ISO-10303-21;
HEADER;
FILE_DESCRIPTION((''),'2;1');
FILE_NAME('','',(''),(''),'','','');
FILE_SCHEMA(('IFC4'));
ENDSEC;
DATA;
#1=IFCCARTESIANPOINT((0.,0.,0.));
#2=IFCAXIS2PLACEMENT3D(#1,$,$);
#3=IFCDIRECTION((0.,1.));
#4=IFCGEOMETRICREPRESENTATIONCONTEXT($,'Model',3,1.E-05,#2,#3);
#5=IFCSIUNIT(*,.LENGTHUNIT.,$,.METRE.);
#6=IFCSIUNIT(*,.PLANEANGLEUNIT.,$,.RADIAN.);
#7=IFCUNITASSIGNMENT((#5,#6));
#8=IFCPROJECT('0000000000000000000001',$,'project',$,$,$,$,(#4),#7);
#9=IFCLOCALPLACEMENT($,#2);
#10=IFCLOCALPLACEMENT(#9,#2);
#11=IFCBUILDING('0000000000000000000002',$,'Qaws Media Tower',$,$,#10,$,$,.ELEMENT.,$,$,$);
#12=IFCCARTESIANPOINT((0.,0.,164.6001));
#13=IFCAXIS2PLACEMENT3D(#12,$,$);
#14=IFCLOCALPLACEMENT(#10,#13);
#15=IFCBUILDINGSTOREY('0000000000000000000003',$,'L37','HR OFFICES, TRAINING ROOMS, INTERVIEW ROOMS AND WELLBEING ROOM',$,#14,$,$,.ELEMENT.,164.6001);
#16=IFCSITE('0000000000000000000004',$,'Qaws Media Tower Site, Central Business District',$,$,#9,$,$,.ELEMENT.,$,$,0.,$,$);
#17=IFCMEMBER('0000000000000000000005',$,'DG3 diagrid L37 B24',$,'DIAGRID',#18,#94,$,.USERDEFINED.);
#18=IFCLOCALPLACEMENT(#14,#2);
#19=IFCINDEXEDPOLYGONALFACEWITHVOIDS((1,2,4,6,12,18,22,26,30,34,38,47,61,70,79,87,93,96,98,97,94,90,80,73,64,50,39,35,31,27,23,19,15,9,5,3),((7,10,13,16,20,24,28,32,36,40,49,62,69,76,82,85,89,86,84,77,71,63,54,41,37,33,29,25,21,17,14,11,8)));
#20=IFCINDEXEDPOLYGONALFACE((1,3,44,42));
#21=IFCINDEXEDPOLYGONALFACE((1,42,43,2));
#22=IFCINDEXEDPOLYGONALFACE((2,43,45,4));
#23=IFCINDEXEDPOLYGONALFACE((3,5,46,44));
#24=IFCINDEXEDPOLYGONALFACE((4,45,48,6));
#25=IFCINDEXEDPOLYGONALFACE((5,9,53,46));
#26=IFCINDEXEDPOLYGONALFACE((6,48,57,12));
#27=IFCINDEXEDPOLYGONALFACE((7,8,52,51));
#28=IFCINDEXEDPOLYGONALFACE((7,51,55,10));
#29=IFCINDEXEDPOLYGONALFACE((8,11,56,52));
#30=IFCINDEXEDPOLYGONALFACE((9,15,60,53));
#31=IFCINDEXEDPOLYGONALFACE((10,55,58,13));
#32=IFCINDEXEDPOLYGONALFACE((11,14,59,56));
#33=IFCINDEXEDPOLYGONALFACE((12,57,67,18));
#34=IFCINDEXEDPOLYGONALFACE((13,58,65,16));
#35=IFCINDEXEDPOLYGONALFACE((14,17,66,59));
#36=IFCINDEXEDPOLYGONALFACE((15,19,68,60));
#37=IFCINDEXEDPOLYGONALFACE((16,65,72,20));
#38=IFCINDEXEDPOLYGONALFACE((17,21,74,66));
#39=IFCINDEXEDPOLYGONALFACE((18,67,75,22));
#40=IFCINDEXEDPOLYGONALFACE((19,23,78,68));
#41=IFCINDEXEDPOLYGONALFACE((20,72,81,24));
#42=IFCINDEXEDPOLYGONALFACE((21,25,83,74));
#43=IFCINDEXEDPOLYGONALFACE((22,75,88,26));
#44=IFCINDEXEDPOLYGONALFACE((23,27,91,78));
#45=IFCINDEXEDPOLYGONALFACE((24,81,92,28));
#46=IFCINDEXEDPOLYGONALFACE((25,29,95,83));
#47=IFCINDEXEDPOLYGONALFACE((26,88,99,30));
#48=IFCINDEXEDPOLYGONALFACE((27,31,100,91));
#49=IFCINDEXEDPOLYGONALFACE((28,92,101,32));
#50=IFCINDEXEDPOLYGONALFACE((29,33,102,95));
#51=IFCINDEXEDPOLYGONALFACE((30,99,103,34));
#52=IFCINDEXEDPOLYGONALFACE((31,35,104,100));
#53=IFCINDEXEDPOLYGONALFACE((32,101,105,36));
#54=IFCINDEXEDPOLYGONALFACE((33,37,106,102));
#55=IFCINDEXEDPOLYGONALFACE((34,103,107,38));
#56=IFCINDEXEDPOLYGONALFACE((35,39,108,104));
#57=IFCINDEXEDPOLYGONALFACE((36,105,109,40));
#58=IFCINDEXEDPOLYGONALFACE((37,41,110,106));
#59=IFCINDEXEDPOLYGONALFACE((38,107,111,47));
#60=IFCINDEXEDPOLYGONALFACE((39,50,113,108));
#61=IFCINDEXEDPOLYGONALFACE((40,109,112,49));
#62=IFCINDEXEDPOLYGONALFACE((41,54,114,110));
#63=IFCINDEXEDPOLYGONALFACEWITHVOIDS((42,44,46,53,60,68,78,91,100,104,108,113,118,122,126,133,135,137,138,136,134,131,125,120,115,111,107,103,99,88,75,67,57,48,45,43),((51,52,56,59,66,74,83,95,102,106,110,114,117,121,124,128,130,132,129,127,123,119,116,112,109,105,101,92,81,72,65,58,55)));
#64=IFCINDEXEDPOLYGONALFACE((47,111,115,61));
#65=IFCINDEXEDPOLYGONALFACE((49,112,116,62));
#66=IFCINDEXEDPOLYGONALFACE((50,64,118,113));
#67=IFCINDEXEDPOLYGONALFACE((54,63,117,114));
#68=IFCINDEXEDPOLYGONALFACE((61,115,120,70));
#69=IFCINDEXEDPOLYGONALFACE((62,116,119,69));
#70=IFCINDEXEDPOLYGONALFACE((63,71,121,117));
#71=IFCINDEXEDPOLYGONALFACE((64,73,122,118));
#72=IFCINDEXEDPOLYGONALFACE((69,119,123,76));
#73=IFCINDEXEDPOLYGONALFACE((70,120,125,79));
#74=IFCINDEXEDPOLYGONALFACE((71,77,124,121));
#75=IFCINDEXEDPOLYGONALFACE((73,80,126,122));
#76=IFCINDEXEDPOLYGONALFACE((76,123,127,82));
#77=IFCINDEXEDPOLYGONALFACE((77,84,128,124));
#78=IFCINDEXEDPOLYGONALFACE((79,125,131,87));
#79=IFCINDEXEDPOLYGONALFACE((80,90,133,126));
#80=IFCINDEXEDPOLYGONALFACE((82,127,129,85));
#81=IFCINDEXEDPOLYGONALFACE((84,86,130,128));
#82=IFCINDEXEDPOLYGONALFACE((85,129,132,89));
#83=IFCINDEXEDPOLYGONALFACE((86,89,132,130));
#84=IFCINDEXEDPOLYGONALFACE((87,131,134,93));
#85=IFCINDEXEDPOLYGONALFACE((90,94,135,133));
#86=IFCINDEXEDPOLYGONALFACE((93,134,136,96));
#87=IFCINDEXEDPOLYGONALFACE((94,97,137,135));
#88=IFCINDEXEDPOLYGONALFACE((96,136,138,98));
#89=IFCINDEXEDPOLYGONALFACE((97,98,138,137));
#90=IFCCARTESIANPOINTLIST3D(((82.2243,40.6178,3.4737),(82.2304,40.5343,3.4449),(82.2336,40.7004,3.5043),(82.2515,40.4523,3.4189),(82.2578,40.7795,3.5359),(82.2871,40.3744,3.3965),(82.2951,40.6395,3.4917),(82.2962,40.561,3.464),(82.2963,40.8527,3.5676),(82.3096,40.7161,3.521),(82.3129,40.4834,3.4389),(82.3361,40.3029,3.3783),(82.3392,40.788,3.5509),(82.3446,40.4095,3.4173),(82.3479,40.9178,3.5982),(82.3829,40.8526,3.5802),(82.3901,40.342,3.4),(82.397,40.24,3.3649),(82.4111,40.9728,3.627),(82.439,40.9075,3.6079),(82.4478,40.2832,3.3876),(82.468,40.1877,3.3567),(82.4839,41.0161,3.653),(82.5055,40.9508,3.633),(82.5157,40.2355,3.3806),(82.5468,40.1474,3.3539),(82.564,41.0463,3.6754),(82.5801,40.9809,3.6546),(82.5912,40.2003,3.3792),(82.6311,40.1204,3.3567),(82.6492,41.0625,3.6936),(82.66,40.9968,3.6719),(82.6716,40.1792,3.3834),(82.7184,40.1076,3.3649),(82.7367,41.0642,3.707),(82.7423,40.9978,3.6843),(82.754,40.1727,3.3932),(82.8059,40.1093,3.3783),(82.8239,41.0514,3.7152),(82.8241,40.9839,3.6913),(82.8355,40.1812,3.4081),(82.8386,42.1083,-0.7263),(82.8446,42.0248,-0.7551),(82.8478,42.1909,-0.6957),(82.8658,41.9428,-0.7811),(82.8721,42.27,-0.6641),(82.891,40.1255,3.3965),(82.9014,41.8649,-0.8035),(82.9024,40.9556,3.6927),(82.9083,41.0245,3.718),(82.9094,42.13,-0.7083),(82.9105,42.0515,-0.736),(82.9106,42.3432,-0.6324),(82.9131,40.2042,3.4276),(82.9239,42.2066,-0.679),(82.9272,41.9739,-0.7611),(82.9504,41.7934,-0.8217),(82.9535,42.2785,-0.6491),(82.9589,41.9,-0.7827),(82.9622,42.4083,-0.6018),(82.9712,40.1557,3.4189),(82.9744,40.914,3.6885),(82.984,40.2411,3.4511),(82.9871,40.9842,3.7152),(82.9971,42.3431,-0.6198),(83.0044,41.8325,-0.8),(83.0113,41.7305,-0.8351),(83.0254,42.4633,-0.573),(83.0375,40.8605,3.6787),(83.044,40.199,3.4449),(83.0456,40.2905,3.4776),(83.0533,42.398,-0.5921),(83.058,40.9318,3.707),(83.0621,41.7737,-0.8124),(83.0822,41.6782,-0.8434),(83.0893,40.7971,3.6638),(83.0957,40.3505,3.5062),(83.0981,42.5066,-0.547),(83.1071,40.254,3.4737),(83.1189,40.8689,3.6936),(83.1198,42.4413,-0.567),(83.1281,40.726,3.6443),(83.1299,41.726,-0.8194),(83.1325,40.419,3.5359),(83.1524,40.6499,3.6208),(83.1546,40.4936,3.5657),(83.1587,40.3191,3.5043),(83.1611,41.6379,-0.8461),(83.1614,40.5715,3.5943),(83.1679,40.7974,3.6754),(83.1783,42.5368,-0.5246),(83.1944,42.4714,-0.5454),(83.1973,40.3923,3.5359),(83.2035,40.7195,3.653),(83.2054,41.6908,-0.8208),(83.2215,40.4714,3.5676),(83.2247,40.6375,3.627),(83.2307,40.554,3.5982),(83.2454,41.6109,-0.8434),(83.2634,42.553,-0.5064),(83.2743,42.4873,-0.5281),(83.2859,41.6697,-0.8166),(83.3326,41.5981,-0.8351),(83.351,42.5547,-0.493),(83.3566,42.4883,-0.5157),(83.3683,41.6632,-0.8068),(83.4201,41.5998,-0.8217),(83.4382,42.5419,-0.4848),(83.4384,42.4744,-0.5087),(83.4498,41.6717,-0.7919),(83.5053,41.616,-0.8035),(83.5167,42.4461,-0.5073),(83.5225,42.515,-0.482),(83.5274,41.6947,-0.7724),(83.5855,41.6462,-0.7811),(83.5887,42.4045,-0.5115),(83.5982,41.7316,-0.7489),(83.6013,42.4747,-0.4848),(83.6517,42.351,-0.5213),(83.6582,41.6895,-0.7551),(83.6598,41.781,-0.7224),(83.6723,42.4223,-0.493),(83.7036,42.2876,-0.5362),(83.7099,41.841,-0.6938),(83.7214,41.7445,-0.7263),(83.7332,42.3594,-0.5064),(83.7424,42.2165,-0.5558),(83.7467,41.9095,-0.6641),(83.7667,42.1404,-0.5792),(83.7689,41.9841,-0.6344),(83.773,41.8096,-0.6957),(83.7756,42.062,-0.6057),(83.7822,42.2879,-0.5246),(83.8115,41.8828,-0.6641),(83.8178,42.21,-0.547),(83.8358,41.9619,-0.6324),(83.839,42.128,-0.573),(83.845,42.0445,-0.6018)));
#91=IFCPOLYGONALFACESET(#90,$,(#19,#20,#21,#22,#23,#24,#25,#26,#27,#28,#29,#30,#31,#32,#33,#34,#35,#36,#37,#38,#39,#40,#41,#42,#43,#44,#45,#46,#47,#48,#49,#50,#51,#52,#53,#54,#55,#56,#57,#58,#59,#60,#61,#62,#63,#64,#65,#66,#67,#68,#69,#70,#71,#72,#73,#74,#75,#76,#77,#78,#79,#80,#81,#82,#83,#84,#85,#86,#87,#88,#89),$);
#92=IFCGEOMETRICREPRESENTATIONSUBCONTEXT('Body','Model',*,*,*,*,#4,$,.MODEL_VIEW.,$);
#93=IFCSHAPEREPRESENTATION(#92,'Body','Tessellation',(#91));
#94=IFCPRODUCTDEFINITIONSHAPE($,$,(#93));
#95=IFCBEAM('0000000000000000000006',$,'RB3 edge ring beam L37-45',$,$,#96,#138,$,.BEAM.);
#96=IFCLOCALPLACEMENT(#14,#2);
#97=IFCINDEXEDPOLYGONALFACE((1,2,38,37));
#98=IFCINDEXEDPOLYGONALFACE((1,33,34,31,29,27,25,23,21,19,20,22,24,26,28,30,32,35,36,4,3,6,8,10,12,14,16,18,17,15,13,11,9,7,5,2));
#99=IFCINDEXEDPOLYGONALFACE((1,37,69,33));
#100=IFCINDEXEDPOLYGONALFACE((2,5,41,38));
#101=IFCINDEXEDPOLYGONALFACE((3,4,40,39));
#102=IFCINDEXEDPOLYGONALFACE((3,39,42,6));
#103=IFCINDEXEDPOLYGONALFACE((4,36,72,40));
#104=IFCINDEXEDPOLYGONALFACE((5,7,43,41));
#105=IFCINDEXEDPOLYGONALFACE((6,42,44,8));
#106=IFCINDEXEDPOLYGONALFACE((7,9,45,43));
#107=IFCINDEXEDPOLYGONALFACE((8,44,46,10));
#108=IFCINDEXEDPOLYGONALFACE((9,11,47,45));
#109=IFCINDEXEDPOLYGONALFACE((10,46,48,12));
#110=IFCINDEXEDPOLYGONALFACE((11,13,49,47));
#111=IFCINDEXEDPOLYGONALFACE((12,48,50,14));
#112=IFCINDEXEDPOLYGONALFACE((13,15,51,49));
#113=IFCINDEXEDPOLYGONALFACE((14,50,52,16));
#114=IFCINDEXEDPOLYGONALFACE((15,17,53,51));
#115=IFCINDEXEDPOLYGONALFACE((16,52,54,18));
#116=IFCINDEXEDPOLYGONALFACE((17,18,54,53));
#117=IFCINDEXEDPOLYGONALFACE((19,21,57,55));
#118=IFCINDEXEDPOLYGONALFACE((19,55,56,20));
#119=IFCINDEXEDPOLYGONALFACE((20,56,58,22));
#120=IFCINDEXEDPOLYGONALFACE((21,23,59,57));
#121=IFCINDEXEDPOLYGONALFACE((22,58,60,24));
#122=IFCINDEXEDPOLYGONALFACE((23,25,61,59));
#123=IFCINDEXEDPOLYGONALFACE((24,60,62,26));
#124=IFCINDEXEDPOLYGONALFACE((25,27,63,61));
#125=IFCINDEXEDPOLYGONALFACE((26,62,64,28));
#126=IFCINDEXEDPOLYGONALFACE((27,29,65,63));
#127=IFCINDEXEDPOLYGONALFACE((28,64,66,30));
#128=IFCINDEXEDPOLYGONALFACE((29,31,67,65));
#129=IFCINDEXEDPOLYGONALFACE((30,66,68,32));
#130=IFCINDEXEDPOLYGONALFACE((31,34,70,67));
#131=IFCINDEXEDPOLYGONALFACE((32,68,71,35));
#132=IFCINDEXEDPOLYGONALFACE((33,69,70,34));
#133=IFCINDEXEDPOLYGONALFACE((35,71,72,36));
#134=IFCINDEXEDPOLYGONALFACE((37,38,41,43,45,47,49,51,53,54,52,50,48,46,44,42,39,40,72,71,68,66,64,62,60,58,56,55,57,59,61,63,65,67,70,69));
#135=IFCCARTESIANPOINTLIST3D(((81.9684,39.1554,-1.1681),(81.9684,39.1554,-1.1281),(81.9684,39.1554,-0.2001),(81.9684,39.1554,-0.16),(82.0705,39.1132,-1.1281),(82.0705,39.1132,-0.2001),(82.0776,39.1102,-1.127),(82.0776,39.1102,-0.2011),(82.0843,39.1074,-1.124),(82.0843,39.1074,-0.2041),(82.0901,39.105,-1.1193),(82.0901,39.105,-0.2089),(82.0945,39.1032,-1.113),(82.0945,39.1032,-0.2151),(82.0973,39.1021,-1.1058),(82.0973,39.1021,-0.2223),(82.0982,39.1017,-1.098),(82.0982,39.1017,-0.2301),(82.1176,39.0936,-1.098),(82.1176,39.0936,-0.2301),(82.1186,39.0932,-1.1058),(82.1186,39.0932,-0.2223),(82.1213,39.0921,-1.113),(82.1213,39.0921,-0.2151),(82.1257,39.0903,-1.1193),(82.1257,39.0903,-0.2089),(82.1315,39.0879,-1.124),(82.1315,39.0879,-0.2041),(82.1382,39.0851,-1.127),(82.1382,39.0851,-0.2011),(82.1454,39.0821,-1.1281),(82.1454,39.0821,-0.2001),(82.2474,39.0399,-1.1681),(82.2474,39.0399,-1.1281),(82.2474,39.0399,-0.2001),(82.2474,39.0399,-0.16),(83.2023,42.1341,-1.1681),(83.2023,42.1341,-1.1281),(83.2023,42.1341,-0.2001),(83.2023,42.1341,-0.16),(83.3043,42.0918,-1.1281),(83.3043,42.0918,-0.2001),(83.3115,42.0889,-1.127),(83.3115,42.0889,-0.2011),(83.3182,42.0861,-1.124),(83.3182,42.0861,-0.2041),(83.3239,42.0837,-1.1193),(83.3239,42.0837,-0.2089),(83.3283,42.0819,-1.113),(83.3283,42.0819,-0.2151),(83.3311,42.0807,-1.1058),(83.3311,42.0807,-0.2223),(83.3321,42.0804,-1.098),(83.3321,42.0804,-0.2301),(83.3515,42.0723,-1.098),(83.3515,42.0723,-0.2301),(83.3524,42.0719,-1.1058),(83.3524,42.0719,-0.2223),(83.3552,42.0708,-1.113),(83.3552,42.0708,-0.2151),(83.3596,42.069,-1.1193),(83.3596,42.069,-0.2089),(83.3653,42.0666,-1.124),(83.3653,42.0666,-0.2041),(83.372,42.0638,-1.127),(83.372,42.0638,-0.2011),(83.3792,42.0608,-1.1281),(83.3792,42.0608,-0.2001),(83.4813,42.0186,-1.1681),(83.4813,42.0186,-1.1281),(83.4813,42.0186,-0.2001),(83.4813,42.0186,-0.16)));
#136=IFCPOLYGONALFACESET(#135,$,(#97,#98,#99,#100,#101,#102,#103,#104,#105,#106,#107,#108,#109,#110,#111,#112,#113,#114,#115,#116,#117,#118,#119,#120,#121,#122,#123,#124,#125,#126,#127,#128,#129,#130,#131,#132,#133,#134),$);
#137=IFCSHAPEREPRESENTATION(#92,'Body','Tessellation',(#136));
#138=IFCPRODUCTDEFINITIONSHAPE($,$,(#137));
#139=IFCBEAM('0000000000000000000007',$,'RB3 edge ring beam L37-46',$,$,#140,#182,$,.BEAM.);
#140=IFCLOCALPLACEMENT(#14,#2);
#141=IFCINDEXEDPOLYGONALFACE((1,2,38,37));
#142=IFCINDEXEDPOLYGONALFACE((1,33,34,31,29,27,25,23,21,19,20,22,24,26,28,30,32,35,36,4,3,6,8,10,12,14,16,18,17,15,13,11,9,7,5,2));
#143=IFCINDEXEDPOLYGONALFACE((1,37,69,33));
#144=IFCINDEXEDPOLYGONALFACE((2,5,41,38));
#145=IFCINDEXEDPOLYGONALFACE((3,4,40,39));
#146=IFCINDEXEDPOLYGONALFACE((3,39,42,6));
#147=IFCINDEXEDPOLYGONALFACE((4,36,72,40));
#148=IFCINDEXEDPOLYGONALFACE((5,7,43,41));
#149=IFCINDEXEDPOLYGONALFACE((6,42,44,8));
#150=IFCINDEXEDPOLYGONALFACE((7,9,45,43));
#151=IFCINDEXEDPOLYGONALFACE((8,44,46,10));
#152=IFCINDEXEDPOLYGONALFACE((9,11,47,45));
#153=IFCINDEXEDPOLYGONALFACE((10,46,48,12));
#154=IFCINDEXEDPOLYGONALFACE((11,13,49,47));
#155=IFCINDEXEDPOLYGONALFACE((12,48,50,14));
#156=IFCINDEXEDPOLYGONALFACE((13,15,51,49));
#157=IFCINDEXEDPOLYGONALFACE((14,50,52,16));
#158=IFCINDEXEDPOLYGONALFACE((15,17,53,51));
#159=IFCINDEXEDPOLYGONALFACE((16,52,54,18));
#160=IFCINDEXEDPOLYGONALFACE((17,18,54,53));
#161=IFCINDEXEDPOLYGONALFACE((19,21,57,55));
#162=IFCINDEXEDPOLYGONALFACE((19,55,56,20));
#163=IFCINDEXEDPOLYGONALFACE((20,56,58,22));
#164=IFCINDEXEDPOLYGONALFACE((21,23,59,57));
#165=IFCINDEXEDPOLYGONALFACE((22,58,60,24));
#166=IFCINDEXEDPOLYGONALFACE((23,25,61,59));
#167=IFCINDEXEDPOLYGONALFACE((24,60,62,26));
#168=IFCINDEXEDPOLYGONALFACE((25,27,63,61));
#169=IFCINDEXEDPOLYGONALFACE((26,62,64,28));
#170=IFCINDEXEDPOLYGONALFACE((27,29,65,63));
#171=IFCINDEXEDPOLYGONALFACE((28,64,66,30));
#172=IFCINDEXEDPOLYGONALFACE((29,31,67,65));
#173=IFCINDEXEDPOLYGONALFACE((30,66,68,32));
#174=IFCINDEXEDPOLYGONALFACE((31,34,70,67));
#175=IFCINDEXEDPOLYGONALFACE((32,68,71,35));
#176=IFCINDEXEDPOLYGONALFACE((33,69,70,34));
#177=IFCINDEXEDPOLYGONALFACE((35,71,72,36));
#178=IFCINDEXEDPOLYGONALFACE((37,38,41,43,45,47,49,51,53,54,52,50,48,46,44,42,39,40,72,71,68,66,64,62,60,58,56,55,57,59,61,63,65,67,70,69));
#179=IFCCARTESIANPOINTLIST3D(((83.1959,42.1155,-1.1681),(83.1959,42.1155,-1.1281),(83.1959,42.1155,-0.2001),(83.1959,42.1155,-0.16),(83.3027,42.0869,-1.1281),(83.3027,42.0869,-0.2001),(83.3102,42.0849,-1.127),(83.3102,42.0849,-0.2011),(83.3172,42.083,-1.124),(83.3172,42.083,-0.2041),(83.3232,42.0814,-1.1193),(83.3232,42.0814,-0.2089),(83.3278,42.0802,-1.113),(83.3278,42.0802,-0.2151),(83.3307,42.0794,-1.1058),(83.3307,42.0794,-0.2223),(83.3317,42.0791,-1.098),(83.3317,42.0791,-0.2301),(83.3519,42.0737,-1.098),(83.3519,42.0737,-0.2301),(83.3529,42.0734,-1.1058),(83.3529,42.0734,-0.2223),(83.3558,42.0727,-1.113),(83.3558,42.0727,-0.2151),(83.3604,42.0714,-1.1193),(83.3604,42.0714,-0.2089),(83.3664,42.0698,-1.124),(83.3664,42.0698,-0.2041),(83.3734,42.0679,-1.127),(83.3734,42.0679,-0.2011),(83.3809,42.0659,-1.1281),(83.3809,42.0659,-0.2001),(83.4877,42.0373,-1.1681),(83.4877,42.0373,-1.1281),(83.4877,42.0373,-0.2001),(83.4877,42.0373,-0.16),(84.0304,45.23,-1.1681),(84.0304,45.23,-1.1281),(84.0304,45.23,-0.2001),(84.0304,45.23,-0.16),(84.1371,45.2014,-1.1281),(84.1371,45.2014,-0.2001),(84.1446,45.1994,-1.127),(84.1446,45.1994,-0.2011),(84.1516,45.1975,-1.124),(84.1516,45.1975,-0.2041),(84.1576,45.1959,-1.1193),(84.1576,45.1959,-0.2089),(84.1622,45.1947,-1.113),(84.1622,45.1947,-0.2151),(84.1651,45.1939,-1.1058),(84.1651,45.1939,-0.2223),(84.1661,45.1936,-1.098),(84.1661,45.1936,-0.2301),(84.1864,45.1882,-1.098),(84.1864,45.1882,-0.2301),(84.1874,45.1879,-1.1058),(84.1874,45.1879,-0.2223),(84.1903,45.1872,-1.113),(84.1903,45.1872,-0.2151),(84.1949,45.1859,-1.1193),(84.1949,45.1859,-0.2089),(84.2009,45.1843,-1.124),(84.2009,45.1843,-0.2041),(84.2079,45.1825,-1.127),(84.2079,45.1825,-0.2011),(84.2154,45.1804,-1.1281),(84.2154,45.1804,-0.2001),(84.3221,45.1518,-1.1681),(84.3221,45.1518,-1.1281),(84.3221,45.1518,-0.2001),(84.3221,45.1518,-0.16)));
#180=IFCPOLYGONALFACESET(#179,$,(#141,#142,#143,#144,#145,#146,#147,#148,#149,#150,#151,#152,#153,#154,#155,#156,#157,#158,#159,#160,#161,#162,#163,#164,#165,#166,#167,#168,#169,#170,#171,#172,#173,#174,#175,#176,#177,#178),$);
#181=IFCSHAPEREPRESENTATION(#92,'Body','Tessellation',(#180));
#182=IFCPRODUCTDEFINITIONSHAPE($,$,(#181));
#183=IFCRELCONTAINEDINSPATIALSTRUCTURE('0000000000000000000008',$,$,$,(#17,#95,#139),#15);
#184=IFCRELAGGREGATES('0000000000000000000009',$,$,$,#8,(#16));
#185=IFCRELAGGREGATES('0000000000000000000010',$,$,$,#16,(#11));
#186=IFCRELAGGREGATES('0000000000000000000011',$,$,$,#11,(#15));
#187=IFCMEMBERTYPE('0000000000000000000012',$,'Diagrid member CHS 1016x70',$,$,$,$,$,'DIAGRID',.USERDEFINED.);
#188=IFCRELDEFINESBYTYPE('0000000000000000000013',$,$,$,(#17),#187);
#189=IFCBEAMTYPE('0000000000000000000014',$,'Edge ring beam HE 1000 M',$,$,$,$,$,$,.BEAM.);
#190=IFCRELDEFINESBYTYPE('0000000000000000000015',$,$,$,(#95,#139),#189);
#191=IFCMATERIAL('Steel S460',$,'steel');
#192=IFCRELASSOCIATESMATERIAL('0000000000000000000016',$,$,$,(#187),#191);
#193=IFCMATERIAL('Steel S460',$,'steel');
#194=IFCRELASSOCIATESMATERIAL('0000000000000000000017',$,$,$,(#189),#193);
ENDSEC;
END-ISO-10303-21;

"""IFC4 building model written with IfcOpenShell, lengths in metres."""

from ifc_helpers import new_model, si_unit, direction, frame, origin, origin_2d, place, context, subcontext, project, spatial, hollow_circle, i_section, extrude, material, material_profile, profile_set, type_object, element, save


model = new_model("IFC4")

# Units and contexts
model_context = context("Model", 3, precision=1e-05, world=origin(), true_north=direction((0.0, 1.0)))
body_context = subcontext(model_context, "Body", "Model", "MODEL_VIEW")
ifc_project = project(units=[si_unit("LENGTHUNIT", "METRE"), si_unit("PLANEANGLEUNIT", "RADIAN")], contexts=[model_context])

# Site, building, storey
site_placement = place(None, origin())
site = spatial("IfcSite", under=ifc_project, at=site_placement, Name="Qaws Media Tower Site, Central Business District", CompositionType="ELEMENT", RefElevation=0.0)
building_placement = place(site_placement, origin())
building = spatial("IfcBuilding", under=site, at=building_placement, Name="Qaws Media Tower", CompositionType="ELEMENT")
storey_placement = place(building_placement, frame((0.0, 0.0, 164.6001)))
storey = spatial("IfcBuildingStorey", under=building, at=storey_placement, Name="L37", Description="HR OFFICES, TRAINING ROOMS, INTERVIEW ROOMS AND WELLBEING ROOM", CompositionType="ELEMENT", Elevation=164.6001)

# Member
ifc_material_1 = material(Name="Steel S460", Category="steel")
ifc_material_profile_1 = material_profile(ifc_material_1, hollow_circle(Radius=0.5081, WallThickness=0.0701, at=origin_2d()), Name="CHS 1016x70")
ifc_profile_set_1 = profile_set([ifc_material_profile_1], Name="Steel S460")
member_type_1 = type_object("IfcMemberType", Name="Diagrid member CHS 1016x70", ElementType="DIAGRID", PredefinedType="USERDEFINED", material=ifc_profile_set_1)
for number, where, z_axis, x_axis, name in (
    (1, (83.3418, 42.0764, -0.6641), (-0.136541, -0.331312, 0.933589), (0.924562, -0.381032, 0.0), "DG3 diagrid L37 B24"),
):
    element("IfcMember", number, at=place(storey_placement, frame(where, z_axis=z_axis, x_axis=x_axis)), inside=storey, type_object=member_type_1, Name=name, ObjectType="DIAGRID", PredefinedType="USERDEFINED", context=body_context, shape_type="SweptSolid", body=[
        extrude(hollow_circle(Radius=0.5081, WallThickness=0.0701, at=origin_2d()), origin(), (0.0, 0.0, 1.0), 4.4988),
    ])

# Beams
ifc_material_2 = material(Name="Steel S460", Category="steel")
ifc_material_profile_2 = material_profile(ifc_material_2, i_section(OverallWidth=0.302, OverallDepth=1.0081, WebThickness=0.021, FlangeThickness=0.04, FilletRadius=0.03, at=origin_2d()), Name="HE 1000 M")
ifc_profile_set_2 = profile_set([ifc_material_profile_2], Name="Steel S460")
beam_type_1 = type_object("IfcBeamType", Name="Edge ring beam HE 1000 M", PredefinedType="BEAM", material=ifc_profile_set_2)
beam_1_placement = place(storey_placement, frame((82.1079, 39.0977, -0.6641), z_axis=(0.382695, 0.923875, 0.0), x_axis=(-0.923875, 0.382695, 0.0)))
element("IfcBeam", 2, at=beam_1_placement, inside=storey, type_object=beam_type_1, Name="RB3 edge ring beam L37-45", PredefinedType="BEAM", context=body_context, shape_type="SweptSolid", body=[
    extrude(i_section(OverallWidth=0.302, OverallDepth=1.0081, WebThickness=0.021, FlangeThickness=0.04, FilletRadius=0.03, at=origin_2d()), origin(), (0.0, 0.0, 1.0), 3.2241),
])
for number, where, z_axis, x_axis, name in (
    (3, (83.3418, 42.0764, -0.6641), (0.258803, 0.96593, 0.0), (-0.96593, 0.258803, 0.0), "RB3 edge ring beam L37-46"),
):
    element("IfcBeam", number, at=place(storey_placement, frame(where, z_axis=z_axis, x_axis=x_axis)), inside=storey, type_object=beam_type_1, Name=name, PredefinedType="BEAM", context=body_context, shape_type="SweptSolid", body=[
        extrude(i_section(OverallWidth=0.302, OverallDepth=1.0081, WebThickness=0.021, FlangeThickness=0.04, FilletRadius=0.03, at=origin_2d()), origin(), (0.0, 0.0, 1.0), 3.2244),
    ])

save(model, "model.ifc")
